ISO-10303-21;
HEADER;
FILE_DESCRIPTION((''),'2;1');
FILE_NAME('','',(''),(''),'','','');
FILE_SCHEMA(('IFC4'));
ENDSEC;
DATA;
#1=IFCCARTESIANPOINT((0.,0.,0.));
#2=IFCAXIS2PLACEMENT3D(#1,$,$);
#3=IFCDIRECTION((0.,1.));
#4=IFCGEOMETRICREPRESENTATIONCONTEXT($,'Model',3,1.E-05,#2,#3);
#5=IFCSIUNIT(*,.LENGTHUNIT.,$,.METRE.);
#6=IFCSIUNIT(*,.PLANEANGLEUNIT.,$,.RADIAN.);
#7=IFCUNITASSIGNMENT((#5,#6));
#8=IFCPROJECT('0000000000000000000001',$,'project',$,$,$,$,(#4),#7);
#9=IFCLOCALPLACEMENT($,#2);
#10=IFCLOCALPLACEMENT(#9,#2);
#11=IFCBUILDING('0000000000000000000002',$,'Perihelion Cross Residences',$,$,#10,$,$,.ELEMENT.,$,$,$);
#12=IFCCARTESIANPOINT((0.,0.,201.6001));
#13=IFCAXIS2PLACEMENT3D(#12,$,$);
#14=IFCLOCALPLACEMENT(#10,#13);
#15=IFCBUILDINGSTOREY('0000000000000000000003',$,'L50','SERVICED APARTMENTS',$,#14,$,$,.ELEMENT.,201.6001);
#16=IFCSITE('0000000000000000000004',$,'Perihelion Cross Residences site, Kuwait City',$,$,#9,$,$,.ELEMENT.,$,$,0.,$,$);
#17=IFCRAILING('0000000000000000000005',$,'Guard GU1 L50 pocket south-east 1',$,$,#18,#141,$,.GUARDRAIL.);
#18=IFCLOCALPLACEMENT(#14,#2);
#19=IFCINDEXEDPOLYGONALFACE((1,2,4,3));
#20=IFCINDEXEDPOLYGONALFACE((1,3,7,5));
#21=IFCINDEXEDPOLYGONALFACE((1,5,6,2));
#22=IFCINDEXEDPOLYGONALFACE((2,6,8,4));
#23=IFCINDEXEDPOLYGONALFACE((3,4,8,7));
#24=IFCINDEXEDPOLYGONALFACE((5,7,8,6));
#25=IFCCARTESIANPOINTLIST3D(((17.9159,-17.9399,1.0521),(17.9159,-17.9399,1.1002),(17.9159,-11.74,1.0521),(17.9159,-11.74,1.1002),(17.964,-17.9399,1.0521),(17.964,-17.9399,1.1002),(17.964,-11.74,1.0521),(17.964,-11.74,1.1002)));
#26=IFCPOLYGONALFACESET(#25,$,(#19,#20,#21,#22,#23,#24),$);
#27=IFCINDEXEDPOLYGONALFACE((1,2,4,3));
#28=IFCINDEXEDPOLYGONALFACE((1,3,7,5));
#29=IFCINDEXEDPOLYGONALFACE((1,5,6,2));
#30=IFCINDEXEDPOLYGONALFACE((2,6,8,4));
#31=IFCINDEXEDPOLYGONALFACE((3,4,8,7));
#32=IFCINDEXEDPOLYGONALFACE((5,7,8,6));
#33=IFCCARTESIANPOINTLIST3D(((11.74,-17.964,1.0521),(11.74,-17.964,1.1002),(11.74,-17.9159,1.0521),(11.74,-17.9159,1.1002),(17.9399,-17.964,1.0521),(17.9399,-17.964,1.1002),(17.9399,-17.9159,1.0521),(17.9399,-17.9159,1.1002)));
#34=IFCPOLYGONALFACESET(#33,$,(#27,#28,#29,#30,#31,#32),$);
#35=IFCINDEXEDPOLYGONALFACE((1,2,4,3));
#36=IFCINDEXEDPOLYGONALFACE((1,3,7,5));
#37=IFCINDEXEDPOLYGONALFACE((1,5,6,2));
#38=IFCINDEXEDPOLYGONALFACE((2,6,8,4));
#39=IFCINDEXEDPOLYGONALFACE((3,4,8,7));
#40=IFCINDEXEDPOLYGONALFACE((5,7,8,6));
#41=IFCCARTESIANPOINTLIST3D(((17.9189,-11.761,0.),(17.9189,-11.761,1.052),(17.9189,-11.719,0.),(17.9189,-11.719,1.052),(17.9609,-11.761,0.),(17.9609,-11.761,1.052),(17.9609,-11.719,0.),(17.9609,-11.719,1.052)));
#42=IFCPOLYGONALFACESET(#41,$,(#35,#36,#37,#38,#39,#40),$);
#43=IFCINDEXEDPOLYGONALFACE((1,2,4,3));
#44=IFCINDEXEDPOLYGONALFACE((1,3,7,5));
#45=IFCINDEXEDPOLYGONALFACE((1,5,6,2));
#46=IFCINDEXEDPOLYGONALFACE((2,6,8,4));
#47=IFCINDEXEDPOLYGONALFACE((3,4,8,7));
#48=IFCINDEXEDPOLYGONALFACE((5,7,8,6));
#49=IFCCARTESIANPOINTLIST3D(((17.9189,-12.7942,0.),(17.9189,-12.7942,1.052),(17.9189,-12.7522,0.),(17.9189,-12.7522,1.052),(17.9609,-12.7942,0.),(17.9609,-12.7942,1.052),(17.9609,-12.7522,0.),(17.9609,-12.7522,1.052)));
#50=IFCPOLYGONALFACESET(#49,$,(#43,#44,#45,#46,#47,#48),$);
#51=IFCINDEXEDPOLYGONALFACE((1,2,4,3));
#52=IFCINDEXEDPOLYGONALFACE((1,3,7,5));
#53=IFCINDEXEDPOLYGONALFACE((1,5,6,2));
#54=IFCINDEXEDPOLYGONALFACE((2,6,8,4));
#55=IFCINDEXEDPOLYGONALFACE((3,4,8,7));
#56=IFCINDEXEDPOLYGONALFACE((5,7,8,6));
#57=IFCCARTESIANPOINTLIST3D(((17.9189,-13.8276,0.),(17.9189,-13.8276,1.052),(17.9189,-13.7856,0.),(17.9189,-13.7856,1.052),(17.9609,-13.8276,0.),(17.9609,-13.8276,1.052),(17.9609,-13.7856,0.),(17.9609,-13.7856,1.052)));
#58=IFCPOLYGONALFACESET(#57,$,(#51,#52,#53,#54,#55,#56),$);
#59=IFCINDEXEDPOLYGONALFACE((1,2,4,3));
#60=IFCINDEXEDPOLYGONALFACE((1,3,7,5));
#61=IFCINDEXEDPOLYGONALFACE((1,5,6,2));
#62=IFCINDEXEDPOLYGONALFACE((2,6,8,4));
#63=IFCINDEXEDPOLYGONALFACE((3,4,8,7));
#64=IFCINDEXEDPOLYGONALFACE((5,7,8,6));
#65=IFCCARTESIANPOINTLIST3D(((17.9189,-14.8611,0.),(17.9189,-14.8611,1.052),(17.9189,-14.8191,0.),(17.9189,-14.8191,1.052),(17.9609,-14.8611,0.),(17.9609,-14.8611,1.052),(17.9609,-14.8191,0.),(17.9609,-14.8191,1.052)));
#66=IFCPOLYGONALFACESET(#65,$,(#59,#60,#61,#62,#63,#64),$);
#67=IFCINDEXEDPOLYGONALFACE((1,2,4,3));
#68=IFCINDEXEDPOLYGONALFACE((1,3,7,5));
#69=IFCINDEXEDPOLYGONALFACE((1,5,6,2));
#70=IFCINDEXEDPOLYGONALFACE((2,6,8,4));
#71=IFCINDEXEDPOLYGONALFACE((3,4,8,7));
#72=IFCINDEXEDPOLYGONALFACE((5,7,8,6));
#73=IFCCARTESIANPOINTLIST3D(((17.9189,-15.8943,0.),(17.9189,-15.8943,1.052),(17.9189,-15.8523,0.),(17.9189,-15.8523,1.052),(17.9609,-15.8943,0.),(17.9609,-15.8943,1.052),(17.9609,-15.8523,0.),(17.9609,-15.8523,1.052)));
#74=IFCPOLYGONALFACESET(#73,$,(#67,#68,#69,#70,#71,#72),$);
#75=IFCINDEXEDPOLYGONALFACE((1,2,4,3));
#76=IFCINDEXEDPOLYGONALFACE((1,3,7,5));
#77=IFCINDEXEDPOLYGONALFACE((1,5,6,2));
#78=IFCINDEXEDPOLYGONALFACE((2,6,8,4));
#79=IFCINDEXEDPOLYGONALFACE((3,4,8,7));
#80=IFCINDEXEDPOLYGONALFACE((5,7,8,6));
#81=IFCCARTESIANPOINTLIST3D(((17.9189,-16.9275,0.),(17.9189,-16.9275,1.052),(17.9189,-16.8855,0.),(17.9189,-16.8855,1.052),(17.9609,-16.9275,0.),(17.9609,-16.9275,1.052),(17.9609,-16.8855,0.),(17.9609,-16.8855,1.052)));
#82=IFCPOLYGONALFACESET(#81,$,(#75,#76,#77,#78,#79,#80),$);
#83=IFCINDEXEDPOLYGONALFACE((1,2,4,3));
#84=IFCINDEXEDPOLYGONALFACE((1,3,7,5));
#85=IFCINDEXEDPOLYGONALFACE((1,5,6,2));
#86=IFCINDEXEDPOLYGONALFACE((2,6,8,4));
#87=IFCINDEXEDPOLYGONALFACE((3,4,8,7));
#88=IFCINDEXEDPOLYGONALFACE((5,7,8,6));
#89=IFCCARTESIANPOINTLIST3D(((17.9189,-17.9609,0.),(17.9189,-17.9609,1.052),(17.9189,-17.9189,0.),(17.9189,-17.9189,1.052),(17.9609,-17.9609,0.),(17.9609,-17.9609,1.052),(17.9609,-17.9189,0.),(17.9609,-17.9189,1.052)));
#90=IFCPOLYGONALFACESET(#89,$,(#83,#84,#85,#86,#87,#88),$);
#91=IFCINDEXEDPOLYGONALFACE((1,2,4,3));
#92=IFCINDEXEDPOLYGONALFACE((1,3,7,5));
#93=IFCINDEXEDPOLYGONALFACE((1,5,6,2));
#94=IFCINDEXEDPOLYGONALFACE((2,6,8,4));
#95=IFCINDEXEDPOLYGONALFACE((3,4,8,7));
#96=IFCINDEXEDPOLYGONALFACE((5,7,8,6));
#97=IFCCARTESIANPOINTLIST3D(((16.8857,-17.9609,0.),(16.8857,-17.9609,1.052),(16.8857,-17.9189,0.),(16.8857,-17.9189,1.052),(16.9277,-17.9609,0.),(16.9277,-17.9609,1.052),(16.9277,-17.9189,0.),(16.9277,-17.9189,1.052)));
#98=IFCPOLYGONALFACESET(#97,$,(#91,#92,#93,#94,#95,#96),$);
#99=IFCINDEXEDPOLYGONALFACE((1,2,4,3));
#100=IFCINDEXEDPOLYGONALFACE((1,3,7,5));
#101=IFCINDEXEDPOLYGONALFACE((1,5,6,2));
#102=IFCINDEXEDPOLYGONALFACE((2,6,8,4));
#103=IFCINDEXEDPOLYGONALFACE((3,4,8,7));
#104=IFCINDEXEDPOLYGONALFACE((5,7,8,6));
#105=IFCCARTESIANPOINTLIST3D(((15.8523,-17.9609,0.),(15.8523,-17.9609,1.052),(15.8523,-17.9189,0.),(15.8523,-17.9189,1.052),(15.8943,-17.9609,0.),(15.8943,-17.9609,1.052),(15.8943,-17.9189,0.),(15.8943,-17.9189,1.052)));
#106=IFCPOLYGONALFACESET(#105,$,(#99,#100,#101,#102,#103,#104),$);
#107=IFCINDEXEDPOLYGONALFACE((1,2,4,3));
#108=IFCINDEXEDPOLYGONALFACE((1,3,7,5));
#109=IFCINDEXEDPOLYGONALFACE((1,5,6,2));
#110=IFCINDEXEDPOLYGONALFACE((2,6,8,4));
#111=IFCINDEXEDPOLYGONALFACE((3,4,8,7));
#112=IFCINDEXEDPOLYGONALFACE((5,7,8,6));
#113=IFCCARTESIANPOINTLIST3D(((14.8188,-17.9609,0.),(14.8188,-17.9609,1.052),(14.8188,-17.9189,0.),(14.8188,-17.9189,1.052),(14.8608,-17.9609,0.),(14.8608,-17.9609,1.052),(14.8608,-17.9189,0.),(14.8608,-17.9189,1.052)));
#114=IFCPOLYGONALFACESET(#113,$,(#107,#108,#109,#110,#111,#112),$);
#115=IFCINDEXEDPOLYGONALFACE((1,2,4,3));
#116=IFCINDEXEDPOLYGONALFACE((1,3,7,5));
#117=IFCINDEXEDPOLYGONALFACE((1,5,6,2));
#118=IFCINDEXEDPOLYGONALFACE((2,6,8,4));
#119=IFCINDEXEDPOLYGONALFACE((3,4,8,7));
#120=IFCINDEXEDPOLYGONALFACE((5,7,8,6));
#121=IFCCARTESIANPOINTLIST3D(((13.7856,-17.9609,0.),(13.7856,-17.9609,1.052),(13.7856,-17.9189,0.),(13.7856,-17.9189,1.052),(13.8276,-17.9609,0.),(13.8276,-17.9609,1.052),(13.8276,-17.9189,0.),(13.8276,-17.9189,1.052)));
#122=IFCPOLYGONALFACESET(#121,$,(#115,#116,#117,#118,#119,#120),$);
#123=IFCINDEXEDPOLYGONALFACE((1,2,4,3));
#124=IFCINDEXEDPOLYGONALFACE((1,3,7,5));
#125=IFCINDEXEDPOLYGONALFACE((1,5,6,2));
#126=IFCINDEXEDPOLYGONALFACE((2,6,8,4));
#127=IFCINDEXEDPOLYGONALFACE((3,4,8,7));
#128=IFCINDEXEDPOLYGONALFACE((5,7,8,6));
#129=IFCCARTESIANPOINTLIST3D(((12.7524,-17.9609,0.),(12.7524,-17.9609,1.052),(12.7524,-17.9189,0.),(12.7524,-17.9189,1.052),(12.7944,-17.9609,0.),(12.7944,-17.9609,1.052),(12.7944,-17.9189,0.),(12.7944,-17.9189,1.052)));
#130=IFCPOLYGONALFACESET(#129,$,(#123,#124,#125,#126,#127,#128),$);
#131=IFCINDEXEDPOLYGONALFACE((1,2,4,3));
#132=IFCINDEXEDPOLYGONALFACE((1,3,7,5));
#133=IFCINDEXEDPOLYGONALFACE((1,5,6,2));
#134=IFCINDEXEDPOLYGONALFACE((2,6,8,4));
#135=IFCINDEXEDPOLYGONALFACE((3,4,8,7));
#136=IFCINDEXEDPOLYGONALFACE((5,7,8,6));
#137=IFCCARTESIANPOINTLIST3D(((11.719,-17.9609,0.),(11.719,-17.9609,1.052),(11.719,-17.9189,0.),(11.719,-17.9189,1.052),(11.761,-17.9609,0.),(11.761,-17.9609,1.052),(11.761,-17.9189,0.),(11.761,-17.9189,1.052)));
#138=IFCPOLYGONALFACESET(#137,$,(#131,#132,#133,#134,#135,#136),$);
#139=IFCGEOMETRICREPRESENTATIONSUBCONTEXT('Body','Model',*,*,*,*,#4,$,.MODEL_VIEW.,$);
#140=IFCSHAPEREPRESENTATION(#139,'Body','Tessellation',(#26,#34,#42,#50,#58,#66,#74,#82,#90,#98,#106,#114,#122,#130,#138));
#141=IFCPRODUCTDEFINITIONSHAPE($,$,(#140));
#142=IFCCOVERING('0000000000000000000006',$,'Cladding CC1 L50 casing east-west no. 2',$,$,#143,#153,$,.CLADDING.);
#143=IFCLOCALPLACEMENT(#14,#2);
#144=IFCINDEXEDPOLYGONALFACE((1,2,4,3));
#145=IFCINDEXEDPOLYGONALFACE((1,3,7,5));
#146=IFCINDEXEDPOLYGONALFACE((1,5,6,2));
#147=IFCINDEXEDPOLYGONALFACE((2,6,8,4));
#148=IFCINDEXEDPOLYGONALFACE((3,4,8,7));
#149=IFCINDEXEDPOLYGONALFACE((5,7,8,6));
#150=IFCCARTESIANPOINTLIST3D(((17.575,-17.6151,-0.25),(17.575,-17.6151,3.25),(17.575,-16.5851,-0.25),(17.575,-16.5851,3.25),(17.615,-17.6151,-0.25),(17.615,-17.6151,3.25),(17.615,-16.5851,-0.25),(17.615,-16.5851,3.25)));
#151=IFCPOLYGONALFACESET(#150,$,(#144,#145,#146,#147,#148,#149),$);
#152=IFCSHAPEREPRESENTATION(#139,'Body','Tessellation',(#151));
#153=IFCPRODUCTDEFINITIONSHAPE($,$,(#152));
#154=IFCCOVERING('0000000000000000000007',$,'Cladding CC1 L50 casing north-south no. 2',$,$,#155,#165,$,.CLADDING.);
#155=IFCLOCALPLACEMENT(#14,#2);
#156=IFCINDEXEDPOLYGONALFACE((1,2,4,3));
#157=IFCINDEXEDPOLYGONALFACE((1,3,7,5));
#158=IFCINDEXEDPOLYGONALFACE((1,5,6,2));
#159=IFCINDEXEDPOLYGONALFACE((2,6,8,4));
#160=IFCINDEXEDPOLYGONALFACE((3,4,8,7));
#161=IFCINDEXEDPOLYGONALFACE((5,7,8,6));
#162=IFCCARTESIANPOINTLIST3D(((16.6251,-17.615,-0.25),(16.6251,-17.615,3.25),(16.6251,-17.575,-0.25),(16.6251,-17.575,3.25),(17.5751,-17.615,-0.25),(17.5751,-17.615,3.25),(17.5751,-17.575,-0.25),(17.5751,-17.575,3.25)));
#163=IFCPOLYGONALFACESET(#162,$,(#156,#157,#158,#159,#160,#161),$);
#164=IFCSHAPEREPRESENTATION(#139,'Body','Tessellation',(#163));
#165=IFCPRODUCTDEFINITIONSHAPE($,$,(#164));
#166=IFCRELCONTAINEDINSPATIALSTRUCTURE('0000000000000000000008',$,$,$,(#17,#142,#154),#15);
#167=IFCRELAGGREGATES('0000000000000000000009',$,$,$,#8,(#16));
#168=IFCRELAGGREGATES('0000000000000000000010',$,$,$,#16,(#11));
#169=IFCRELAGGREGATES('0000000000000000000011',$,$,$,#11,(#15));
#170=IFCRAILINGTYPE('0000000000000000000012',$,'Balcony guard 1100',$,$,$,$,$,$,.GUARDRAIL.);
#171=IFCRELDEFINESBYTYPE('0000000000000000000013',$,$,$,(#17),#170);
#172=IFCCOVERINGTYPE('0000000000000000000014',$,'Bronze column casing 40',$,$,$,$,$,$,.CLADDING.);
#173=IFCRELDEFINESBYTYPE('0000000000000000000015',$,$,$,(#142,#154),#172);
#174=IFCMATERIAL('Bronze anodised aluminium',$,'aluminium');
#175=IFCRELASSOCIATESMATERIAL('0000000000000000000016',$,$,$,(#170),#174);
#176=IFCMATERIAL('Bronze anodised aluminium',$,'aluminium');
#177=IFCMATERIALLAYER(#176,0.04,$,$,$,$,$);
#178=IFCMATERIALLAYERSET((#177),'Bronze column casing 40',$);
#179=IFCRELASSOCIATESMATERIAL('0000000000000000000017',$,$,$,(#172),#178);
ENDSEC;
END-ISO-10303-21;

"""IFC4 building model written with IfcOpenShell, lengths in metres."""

from ifc_helpers import new_model, si_unit, direction, frame, origin, origin_2d, place, context, subcontext, project, spatial, rectangle, extrude, material, layer, layer_set, type_object, element, save


model = new_model("IFC4")

# Units and contexts
model_context = context("Model", 3, precision=1e-05, world=origin(), true_north=direction((0.0, 1.0)))
body_context = subcontext(model_context, "Body", "Model", "MODEL_VIEW")
ifc_project = project(units=[si_unit("LENGTHUNIT", "METRE"), si_unit("PLANEANGLEUNIT", "RADIAN")], contexts=[model_context])

# Site, building, storey
site_placement = place(None, origin())
site = spatial("IfcSite", under=ifc_project, at=site_placement, Name="Perihelion Cross Residences site, Kuwait City", CompositionType="ELEMENT", RefElevation=0.0)
building_placement = place(site_placement, origin())
building = spatial("IfcBuilding", under=site, at=building_placement, Name="Perihelion Cross Residences", CompositionType="ELEMENT")
storey_placement = place(building_placement, frame((0.0, 0.0, 201.6001)))
storey = spatial("IfcBuildingStorey", under=building, at=storey_placement, Name="L50", Description="SERVICED APARTMENTS", CompositionType="ELEMENT", Elevation=201.6001)

# Railing
ifc_material_1 = material(Name="Bronze anodised aluminium", Category="aluminium")
railing_type = type_object("IfcRailingType", Name="Balcony guard 1100", PredefinedType="GUARDRAIL", material=ifc_material_1)
railing_1_placement = place(storey_placement, frame((17.9399, -11.74, 0.0)))
element("IfcRailing", 1, at=railing_1_placement, inside=storey, type_object=railing_type, Name="Guard GU1 L50 pocket south-east 1", PredefinedType="GUARDRAIL", context=body_context, shape_type="SweptSolid", body=[
    extrude(rectangle(XDim=0.0481, YDim=0.0481, at=origin_2d()), frame((0.0, 0.0, 1.0762), z_axis=(0.0, -1.0, 0.0), x_axis=(1.0, 0.0, 0.0)), (0.0, 0.0, 1.0), 6.2),
    extrude(rectangle(XDim=0.0481, YDim=0.0481, at=origin_2d()), frame((0.0, -6.2, 1.0762), z_axis=(-1.0, 0.0, 0.0), x_axis=(0.0, -1.0, 0.0)), (0.0, 0.0, 1.0), 6.2),
    extrude(rectangle(XDim=0.042, YDim=0.042, at=origin_2d()), origin(), (0.0, 0.0, 1.0), 1.052),
    extrude(rectangle(XDim=0.042, YDim=0.042, at=origin_2d()), frame((0.0, -1.0332, 0.0)), (0.0, 0.0, 1.0), 1.052),
    extrude(rectangle(XDim=0.042, YDim=0.042, at=origin_2d()), frame((0.0, -2.0667, 0.0)), (0.0, 0.0, 1.0), 1.052),
    extrude(rectangle(XDim=0.042, YDim=0.042, at=origin_2d()), frame((0.0, -3.1001, 0.0)), (0.0, 0.0, 1.0), 1.052),
    extrude(rectangle(XDim=0.042, YDim=0.042, at=origin_2d()), frame((0.0, -4.1333, 0.0)), (0.0, 0.0, 1.0), 1.052),
    extrude(rectangle(XDim=0.042, YDim=0.042, at=origin_2d()), frame((0.0, -5.1665, 0.0)), (0.0, 0.0, 1.0), 1.052),
    extrude(rectangle(XDim=0.042, YDim=0.042, at=origin_2d()), frame((0.0, -6.2, 0.0)), (0.0, 0.0, 1.0), 1.052),
    extrude(rectangle(XDim=0.042, YDim=0.042, at=origin_2d()), frame((-1.0332, -6.2, 0.0)), (0.0, 0.0, 1.0), 1.052),
    extrude(rectangle(XDim=0.042, YDim=0.042, at=origin_2d()), frame((-2.0667, -6.2, 0.0)), (0.0, 0.0, 1.0), 1.052),
    extrude(rectangle(XDim=0.042, YDim=0.042, at=origin_2d()), frame((-3.1001, -6.2, 0.0)), (0.0, 0.0, 1.0), 1.052),
    extrude(rectangle(XDim=0.042, YDim=0.042, at=origin_2d()), frame((-4.1333, -6.2, 0.0)), (0.0, 0.0, 1.0), 1.052),
    extrude(rectangle(XDim=0.042, YDim=0.042, at=origin_2d()), frame((-5.1665, -6.2, 0.0)), (0.0, 0.0, 1.0), 1.052),
    extrude(rectangle(XDim=0.042, YDim=0.042, at=origin_2d()), frame((-6.2, -6.2, 0.0)), (0.0, 0.0, 1.0), 1.052),
])

# Coverings
ifc_material_2 = material(Name="Bronze anodised aluminium", Category="aluminium")
ifc_layer_1 = layer(ifc_material_2, 0.04)
ifc_layer_set_1 = layer_set([ifc_layer_1], Name="Bronze column casing 40")
covering_type = type_object("IfcCoveringType", Name="Bronze column casing 40", PredefinedType="CLADDING", material=ifc_layer_set_1)
covering_1_placement = place(storey_placement, frame((17.595, -17.1001, -0.25), z_axis=(0.0, 0.0, 1.0), x_axis=(1.0, 0.0, 0.0)))
element("IfcCovering", 2, at=covering_1_placement, inside=storey, type_object=covering_type, Name="Cladding CC1 L50 casing east-west no. 2", PredefinedType="CLADDING", context=body_context, shape_type="SweptSolid", body=[
    extrude(rectangle(XDim=0.04, YDim=1.03, at=origin_2d()), origin(), (0.0, 0.0, 1.0), 3.5),
])
covering_2_placement = place(storey_placement, frame((17.1001, -17.595, -0.25), z_axis=(0.0, 0.0, 1.0), x_axis=(1.0, 0.0, 0.0)))
element("IfcCovering", 3, at=covering_2_placement, inside=storey, type_object=covering_type, Name="Cladding CC1 L50 casing north-south no. 2", PredefinedType="CLADDING", context=body_context, shape_type="SweptSolid", body=[
    extrude(rectangle(XDim=0.95, YDim=0.04, at=origin_2d()), origin(), (0.0, 0.0, 1.0), 3.5),
])

save(model, "model.ifc")
